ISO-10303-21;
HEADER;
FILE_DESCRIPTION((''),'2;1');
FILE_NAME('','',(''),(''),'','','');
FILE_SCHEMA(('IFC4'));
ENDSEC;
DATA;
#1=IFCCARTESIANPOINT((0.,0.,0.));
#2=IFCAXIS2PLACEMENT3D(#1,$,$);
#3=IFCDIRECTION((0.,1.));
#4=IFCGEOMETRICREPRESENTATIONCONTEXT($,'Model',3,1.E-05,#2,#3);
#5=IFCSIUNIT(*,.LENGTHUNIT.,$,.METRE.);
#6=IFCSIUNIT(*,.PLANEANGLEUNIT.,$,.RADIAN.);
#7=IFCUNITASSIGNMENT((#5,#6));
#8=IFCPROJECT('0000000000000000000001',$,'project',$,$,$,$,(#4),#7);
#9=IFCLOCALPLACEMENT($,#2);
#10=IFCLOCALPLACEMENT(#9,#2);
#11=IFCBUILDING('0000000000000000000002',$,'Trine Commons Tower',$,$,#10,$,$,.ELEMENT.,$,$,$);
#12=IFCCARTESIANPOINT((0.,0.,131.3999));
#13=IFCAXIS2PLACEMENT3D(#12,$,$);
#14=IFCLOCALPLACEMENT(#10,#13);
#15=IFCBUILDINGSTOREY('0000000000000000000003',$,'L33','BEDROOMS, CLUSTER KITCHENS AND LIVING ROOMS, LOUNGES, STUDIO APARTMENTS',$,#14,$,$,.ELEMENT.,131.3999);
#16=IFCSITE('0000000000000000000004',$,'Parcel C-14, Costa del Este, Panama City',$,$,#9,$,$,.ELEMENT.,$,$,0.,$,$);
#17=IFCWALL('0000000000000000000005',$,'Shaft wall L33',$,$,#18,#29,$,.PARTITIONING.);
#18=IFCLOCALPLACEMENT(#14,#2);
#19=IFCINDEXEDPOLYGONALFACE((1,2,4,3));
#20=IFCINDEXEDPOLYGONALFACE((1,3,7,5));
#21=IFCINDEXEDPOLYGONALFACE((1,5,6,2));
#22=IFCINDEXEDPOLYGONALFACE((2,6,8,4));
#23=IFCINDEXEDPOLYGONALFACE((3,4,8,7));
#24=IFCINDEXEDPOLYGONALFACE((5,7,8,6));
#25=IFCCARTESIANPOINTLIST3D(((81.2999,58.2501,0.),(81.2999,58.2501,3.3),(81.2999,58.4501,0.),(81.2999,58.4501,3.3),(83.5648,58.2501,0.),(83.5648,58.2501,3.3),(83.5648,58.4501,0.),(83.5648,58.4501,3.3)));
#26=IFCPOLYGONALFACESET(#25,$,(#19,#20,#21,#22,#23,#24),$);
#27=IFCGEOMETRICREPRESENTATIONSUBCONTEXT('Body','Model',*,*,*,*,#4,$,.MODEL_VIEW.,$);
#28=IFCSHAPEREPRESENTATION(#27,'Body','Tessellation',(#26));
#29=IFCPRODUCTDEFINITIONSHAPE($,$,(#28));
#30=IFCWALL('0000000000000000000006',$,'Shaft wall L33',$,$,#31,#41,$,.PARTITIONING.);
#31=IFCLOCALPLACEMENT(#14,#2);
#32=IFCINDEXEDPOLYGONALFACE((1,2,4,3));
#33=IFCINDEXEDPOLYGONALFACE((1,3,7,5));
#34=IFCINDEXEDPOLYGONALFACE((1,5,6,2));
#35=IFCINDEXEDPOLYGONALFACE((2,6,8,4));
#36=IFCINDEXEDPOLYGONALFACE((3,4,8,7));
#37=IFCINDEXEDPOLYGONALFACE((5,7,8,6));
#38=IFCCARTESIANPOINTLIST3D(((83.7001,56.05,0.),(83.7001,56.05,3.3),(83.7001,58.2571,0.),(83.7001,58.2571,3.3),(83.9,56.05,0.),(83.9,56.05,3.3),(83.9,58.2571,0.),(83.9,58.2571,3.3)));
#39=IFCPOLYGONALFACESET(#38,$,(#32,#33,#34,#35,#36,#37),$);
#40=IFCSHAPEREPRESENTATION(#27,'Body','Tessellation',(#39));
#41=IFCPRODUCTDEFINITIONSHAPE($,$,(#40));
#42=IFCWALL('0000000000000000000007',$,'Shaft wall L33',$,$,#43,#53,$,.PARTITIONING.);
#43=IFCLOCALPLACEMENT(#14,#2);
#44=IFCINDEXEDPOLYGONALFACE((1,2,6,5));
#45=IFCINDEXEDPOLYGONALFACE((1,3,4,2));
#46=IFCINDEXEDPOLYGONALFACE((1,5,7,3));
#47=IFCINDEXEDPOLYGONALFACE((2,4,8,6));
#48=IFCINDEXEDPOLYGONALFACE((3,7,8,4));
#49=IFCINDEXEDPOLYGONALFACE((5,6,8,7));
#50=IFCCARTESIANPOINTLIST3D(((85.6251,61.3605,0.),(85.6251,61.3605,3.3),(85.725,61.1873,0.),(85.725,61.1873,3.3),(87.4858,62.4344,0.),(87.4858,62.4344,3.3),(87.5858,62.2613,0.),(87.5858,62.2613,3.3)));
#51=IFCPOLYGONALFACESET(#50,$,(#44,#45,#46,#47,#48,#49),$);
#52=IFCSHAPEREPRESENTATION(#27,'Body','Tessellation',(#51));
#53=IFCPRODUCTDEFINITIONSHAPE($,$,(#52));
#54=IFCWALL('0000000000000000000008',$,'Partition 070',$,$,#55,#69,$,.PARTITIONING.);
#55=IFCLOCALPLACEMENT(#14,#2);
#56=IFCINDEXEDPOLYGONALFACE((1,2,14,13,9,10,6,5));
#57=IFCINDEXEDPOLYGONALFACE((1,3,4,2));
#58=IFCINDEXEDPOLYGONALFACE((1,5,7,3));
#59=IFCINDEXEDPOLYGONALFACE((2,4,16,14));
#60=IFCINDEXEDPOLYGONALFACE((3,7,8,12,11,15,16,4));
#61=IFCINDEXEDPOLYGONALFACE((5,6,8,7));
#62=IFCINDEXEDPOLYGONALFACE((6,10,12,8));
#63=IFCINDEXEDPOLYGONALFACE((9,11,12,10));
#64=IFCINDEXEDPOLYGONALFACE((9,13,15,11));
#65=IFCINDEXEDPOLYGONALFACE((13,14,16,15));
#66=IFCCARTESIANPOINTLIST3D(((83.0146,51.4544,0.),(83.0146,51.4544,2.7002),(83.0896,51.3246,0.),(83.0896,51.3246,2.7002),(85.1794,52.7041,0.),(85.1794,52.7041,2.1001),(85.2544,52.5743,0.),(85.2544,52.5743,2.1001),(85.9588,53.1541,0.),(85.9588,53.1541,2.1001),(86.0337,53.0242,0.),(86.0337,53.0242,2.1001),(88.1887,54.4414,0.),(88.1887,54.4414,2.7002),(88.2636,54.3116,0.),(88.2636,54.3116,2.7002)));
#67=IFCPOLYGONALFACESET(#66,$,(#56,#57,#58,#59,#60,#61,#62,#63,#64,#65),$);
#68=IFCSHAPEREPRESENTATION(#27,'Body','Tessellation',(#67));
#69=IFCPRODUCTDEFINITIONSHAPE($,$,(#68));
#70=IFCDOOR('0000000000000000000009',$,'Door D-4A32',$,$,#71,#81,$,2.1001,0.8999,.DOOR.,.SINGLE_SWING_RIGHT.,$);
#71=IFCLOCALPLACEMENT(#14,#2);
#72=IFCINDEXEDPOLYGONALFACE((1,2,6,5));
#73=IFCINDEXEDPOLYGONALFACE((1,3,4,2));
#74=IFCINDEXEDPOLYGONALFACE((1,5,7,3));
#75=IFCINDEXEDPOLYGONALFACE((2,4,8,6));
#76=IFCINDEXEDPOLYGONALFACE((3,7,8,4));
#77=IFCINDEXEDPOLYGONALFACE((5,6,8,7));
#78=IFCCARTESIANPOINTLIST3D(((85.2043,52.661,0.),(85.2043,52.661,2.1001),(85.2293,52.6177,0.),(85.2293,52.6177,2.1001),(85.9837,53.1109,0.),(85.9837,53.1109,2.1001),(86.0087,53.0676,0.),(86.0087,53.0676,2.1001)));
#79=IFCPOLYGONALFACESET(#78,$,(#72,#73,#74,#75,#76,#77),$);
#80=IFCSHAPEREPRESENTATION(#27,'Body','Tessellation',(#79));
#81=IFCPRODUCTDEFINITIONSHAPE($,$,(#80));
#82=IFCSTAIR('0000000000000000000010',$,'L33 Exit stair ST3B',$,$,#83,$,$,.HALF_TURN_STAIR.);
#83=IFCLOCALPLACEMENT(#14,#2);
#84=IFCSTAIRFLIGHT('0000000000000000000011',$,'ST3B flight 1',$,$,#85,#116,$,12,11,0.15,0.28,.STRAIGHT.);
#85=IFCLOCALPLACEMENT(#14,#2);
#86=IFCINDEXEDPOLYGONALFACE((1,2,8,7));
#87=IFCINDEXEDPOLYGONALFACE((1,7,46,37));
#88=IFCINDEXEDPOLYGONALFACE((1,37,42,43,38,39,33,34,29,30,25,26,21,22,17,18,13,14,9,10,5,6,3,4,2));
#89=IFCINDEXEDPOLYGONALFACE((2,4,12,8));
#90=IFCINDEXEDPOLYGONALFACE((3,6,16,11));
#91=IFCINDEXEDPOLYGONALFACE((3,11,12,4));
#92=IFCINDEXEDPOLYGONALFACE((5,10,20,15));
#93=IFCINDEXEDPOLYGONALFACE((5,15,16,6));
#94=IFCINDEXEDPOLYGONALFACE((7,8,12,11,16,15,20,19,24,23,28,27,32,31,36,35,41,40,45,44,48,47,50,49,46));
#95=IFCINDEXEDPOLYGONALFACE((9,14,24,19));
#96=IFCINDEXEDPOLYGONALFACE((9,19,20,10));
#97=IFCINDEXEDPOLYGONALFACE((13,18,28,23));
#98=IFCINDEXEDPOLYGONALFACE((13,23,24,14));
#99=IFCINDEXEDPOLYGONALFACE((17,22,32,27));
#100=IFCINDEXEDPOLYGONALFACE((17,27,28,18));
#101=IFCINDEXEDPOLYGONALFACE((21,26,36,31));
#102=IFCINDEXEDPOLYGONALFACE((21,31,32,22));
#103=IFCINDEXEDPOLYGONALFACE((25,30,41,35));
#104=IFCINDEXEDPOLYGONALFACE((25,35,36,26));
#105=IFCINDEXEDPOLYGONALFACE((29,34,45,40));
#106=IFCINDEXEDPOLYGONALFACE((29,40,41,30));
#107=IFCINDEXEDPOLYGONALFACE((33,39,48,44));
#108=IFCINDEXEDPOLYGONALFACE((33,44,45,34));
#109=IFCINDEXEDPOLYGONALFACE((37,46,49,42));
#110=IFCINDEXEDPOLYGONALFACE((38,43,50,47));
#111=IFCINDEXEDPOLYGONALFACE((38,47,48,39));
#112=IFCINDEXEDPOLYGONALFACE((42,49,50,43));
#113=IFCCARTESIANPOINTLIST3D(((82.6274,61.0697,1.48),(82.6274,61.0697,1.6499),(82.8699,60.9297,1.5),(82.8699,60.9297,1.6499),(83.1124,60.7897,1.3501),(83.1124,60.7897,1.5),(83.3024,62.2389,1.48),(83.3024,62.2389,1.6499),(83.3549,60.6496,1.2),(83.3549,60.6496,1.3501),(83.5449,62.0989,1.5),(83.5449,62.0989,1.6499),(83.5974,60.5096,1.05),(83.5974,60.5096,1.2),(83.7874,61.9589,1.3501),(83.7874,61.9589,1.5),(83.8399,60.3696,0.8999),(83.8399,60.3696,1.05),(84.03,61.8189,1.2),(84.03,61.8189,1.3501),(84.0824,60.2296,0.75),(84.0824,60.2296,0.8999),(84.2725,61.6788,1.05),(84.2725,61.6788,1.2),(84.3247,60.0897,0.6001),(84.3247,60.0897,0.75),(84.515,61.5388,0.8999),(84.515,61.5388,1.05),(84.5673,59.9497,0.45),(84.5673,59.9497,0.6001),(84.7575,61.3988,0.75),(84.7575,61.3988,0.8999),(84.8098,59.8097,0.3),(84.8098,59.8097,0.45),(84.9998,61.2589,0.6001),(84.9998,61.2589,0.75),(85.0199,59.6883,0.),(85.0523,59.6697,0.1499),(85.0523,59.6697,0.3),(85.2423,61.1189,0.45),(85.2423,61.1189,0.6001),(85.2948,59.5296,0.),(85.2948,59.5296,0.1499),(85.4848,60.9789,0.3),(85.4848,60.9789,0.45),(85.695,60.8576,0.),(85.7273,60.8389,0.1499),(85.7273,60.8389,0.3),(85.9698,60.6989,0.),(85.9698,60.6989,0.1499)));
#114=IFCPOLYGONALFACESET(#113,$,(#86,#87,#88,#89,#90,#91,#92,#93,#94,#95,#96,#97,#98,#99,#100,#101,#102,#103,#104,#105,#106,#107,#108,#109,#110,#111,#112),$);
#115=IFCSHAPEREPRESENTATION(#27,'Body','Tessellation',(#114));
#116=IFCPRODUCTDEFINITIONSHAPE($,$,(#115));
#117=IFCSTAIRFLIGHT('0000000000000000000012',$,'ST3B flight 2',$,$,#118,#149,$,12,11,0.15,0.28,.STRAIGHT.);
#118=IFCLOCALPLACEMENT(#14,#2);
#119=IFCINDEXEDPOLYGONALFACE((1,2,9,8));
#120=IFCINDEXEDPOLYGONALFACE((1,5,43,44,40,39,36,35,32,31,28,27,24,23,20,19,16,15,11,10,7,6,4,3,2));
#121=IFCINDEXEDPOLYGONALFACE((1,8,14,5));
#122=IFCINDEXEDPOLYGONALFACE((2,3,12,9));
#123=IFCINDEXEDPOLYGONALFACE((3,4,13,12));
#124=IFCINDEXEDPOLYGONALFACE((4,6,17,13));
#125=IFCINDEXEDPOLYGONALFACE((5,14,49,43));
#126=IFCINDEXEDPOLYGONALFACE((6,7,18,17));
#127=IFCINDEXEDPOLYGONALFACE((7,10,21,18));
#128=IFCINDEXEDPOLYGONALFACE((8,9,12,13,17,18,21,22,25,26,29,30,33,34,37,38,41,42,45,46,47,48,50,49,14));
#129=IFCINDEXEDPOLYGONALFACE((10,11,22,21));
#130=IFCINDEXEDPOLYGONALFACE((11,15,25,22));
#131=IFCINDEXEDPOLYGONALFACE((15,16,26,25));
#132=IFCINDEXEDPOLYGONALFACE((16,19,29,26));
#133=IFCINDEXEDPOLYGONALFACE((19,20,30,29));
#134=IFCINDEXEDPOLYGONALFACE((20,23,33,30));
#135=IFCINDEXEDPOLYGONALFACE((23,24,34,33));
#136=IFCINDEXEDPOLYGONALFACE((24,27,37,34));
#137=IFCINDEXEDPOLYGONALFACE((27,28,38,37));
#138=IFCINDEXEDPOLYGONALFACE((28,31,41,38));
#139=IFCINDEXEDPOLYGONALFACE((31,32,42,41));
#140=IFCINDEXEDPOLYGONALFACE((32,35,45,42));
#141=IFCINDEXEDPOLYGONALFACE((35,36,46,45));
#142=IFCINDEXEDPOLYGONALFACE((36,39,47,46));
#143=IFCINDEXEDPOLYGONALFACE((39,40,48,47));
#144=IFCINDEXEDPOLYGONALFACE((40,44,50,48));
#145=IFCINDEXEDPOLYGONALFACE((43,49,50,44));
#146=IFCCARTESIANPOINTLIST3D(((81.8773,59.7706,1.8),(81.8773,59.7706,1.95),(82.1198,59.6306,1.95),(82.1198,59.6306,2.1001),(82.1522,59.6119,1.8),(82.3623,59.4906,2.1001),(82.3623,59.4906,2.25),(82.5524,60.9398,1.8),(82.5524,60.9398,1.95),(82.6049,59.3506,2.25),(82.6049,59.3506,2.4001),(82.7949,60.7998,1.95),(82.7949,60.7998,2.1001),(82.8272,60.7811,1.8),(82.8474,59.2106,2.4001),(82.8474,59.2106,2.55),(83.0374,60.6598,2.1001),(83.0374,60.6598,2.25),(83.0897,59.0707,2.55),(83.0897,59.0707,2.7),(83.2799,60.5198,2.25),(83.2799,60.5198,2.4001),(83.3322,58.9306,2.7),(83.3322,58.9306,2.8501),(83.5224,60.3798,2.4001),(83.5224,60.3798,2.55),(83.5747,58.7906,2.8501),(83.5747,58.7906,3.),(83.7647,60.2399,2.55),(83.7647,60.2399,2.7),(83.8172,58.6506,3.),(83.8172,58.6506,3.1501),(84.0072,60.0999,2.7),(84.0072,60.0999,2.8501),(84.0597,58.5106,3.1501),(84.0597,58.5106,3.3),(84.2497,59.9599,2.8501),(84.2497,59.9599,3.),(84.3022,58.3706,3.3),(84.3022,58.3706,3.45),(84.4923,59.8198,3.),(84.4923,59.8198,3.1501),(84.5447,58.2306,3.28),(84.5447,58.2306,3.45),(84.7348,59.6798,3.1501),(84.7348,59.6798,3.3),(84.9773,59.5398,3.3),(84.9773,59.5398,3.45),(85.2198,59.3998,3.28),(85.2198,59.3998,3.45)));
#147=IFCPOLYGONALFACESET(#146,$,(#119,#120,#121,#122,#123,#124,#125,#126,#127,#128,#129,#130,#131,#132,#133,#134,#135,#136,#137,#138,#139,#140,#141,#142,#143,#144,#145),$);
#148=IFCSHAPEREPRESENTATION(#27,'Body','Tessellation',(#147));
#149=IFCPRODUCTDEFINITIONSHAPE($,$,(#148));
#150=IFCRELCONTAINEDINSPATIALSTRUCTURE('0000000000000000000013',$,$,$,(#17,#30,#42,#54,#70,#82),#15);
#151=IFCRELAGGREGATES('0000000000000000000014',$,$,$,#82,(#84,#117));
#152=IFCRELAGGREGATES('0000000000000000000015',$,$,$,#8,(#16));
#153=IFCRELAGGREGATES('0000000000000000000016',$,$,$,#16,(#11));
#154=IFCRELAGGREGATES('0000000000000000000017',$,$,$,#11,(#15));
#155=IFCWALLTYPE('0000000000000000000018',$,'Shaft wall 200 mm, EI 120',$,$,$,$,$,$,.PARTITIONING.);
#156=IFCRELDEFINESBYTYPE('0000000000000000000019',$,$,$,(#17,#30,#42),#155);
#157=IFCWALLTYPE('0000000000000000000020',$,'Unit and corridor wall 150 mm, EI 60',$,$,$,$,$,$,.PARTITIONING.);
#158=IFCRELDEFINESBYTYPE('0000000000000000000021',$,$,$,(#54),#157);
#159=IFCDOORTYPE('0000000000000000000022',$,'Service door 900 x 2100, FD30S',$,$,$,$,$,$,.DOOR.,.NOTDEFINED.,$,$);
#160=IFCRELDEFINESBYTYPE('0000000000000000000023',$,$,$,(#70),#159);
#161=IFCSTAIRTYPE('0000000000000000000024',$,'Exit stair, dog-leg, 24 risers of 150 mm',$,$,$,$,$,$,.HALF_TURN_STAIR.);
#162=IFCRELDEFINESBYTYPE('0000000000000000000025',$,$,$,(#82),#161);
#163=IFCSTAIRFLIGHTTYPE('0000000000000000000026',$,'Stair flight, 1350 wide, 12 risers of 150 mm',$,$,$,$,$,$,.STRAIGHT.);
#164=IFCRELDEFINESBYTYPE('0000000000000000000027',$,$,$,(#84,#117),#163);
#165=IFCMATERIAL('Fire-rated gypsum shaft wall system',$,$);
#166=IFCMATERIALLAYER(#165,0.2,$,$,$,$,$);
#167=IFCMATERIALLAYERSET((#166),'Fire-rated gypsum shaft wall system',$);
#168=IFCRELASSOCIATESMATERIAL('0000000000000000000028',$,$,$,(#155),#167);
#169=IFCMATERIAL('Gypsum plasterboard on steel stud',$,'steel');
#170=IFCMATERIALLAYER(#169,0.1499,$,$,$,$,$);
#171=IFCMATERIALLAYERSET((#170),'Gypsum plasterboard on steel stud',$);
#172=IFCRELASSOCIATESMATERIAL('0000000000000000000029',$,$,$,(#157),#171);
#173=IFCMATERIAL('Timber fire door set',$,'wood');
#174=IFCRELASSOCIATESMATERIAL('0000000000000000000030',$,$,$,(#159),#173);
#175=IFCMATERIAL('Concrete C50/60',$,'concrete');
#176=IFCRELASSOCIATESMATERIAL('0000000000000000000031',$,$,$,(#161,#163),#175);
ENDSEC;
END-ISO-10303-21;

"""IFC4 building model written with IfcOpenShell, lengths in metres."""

from ifc_helpers import new_model, si_unit, direction, frame, frame_2d, origin, place, context, subcontext, project, spatial, polyline, rectangle, outline, extrude, material, layer, layer_set, type_object, element, fill, aggregate, save


model = new_model("IFC4")

# Units and contexts
model_context = context("Model", 3, precision=1e-05, world=origin(), true_north=direction((0.0, 1.0)))
body_context = subcontext(model_context, "Body", "Model", "MODEL_VIEW")
ifc_project = project(units=[si_unit("LENGTHUNIT", "METRE"), si_unit("PLANEANGLEUNIT", "RADIAN")], contexts=[model_context])

# Site, building, storey
site_placement = place(None, origin())
site = spatial("IfcSite", under=ifc_project, at=site_placement, Name="Parcel C-14, Costa del Este, Panama City", CompositionType="ELEMENT", RefElevation=0.0)
building_placement = place(site_placement, origin())
building = spatial("IfcBuilding", under=site, at=building_placement, Name="Trine Commons Tower", CompositionType="ELEMENT")
storey_placement = place(building_placement, frame((0.0, 0.0, 131.3999)))
storey = spatial("IfcBuildingStorey", under=building, at=storey_placement, Name="L33", Description="BEDROOMS, CLUSTER KITCHENS AND LIVING ROOMS, LOUNGES, STUDIO APARTMENTS", CompositionType="ELEMENT", Elevation=131.3999)

# Shared definitions
ifc_material_1 = material(Name="Concrete C50/60", Category="concrete")

# Walls
ifc_material_2 = material(Name="Fire-rated gypsum shaft wall system")
ifc_layer_1 = layer(ifc_material_2, 0.2)
ifc_layer_set_1 = layer_set([ifc_layer_1], Name="Fire-rated gypsum shaft wall system")
wall_type_1 = type_object("IfcWallType", Name="Shaft wall 200 mm, EI 120", PredefinedType="PARTITIONING", material=ifc_layer_set_1)
wall_1_placement = place(storey_placement, frame((81.3, 58.3501, 0.0), z_axis=(0.0, 0.0, 1.0), x_axis=(1.0, 0.0, 0.0)))
element("IfcWall", 1, at=wall_1_placement, inside=storey, type_object=wall_type_1, Name="Shaft wall L33", PredefinedType="PARTITIONING", context=body_context, shape_type="SweptSolid", body=[
    extrude(rectangle(XDim=2.2649, YDim=0.2, at=frame_2d((1.1323, 0.0))), origin(), (0.0, 0.0, 1.0), 3.3),
])
wall_2_placement = place(storey_placement, frame((83.8, 58.2571, 0.0), z_axis=(0.0, 0.0, 1.0), x_axis=(0.0, -1.0, 0.0)))
element("IfcWall", 2, at=wall_2_placement, inside=storey, type_object=wall_type_1, Name="Shaft wall L33", PredefinedType="PARTITIONING", context=body_context, shape_type="SweptSolid", body=[
    extrude(rectangle(XDim=2.207, YDim=0.2, at=frame_2d((1.1035, 0.0))), origin(), (0.0, 0.0, 1.0), 3.3),
])
wall_3_placement = place(storey_placement, frame((85.675, 61.2739, 0.0), z_axis=(0.0, 0.0, 1.0), x_axis=(0.866102, 0.499867, 0.0)))
element("IfcWall", 3, at=wall_3_placement, inside=storey, type_object=wall_type_1, Name="Shaft wall L33", PredefinedType="PARTITIONING", context=body_context, shape_type="SweptSolid", body=[
    extrude(rectangle(XDim=2.1484, YDim=0.2, at=frame_2d((1.0742, 0.0))), origin(), (0.0, 0.0, 1.0), 3.3),
])

# Wall, opening, door
ifc_material_3 = material(Name="Gypsum plasterboard on steel stud", Category="steel")
ifc_layer_2 = layer(ifc_material_3, 0.1499)
ifc_layer_set_2 = layer_set([ifc_layer_2], Name="Gypsum plasterboard on steel stud")
wall_type_2 = type_object("IfcWallType", Name="Unit and corridor wall 150 mm, EI 60", PredefinedType="PARTITIONING", material=ifc_layer_set_2)
wall_4_placement = place(storey_placement, frame((83.052, 51.3894, 0.0), z_axis=(0.0, 0.0, 1.0), x_axis=(0.866039, 0.499976, 0.0)))
wall_4 = element("IfcWall", 4, at=wall_4_placement, inside=storey, type_object=wall_type_2, Name="Partition 070", PredefinedType="PARTITIONING", context=body_context, shape_type="SweptSolid", body=[
    extrude(rectangle(XDim=5.9744, YDim=0.1499, at=frame_2d((2.9873, 0.0))), origin(), (0.0, 0.0, 1.0), 2.7002),
])
opening_1_placement = place(wall_4_placement, frame((2.4998, 0.0, 0.0)))
opening_1 = element("IfcOpeningElement", 5, at=opening_1_placement, cuts=wall_4, PredefinedType="OPENING", context=body_context, shape_type="SweptSolid", body=[
    extrude(rectangle(XDim=0.8999, YDim=2.1001, at=frame_2d((0.45, 1.05))), frame((0.0, 0.085, 0.0), z_axis=(0.0, -1.0, 0.0), x_axis=(1.0, 0.0, 0.0)), (0.0, 0.0, 1.0), 0.1699),
])
ifc_material_4 = material(Name="Timber fire door set", Category="wood")
door_type_1 = type_object("IfcDoorType", Name="Service door 900 x 2100, FD30S", OperationType="NOTDEFINED", PredefinedType="DOOR", material=ifc_material_4)
door_1_placement = place(opening_1_placement, frame((0.8999, 0.0, 0.0), z_axis=(0.0, 0.0, 1.0), x_axis=(-1.0, 0.0, 0.0)))
door_1 = element("IfcDoor", 6, at=door_1_placement, inside=storey, type_object=door_type_1, Name="Door D-4A32", OperationType="SINGLE_SWING_RIGHT", OverallHeight=2.1001, OverallWidth=0.8999, PredefinedType="DOOR", context=body_context, shape_type="SweptSolid", body=[
    extrude(rectangle(XDim=0.8999, YDim=2.1001, at=frame_2d((0.45, 1.05))), frame((0.0, 0.0249, 0.0), z_axis=(0.0, -1.0, 0.0), x_axis=(1.0, 0.0, 0.0)), (0.0, 0.0, 1.0), 0.05),
])
fill(opening_1, door_1)

# Stair, stair flights
stair_type = type_object("IfcStairType", Name="Exit stair, dog-leg, 24 risers of 150 mm", PredefinedType="HALF_TURN_STAIR", material=ifc_material_1)
stair_placement = place(storey_placement, origin())
stair = element("IfcStair", 7, at=stair_placement, inside=storey, type_object=stair_type, Name="L33 Exit stair ST3B", PredefinedType="HALF_TURN_STAIR")
stair_flight_type = type_object("IfcStairFlightType", Name="Stair flight, 1350 wide, 12 risers of 150 mm", PredefinedType="STRAIGHT", material=ifc_material_1)
stair_flight_1_placement = place(storey_placement, frame((85.6323, 60.1143, 0.0), z_axis=(0.0, 0.0, 1.0), x_axis=(-0.866025, 0.5, 0.0)))
stair_flight_1 = element("IfcStairFlight", 8, at=stair_flight_1_placement, type_object=stair_flight_type, Name="ST3B flight 1", NumberOfRisers=12, NumberOfTreads=11, PredefinedType="STRAIGHT", RiserHeight=0.15, TreadLength=0.28, context=body_context, shape_type="SweptSolid", body=[
    extrude(outline(polyline([(0.0, 0.0), (0.0, 0.1499), (0.28, 0.1499), (0.28, 0.3), (0.5601, 0.3), (0.5601, 0.45), (0.8401, 0.45), (0.8401, 0.6001), (1.1201, 0.6001), (1.1201, 0.75), (1.3999, 0.75), (1.3999, 0.8999), (1.6799, 0.8999), (1.6799, 1.05), (1.96, 1.05), (1.96, 1.2), (2.24, 1.2), (2.24, 1.3501), (2.52, 1.3501), (2.52, 1.5), (2.8, 1.5), (2.8, 1.6499), (3.0801, 1.6499), (3.0801, 1.8), (3.0801, 1.48), (0.3174, 0.0), (0.0, 0.0)])), frame((0.0, 0.675, 0.0), z_axis=(0.0, -1.0, 0.0), x_axis=(1.0, 0.0, 0.0)), (0.0, 0.0, 1.0), 1.3501),
])
stair_flight_2_placement = place(storey_placement, frame((82.2148, 60.3552, 1.8), z_axis=(0.0, 0.0, 1.0), x_axis=(0.866025, -0.5, 0.0)))
stair_flight_2 = element("IfcStairFlight", 9, at=stair_flight_2_placement, type_object=stair_flight_type, Name="ST3B flight 2", NumberOfRisers=12, NumberOfTreads=11, PredefinedType="STRAIGHT", RiserHeight=0.15, TreadLength=0.28, context=body_context, shape_type="SweptSolid", body=[
    extrude(outline(polyline([(0.0, 0.0), (0.0, 0.1499), (0.28, 0.1499), (0.28, 0.3), (0.5601, 0.3), (0.5601, 0.45), (0.8401, 0.45), (0.8401, 0.6001), (1.1201, 0.6001), (1.1201, 0.75), (1.3999, 0.75), (1.3999, 0.8999), (1.6799, 0.8999), (1.6799, 1.05), (1.96, 1.05), (1.96, 1.2), (2.24, 1.2), (2.24, 1.3501), (2.52, 1.3501), (2.52, 1.5), (2.8, 1.5), (2.8, 1.6499), (3.0801, 1.6499), (3.0801, 1.8), (3.0801, 1.48), (0.3174, 0.0), (0.0, 0.0)])), frame((0.0, 0.675, 0.0), z_axis=(0.0, -1.0, 0.0), x_axis=(1.0, 0.0, 0.0)), (0.0, 0.0, 1.0), 1.3501),
])
aggregate(stair, [stair_flight_1, stair_flight_2])

save(model, "model.ifc")
